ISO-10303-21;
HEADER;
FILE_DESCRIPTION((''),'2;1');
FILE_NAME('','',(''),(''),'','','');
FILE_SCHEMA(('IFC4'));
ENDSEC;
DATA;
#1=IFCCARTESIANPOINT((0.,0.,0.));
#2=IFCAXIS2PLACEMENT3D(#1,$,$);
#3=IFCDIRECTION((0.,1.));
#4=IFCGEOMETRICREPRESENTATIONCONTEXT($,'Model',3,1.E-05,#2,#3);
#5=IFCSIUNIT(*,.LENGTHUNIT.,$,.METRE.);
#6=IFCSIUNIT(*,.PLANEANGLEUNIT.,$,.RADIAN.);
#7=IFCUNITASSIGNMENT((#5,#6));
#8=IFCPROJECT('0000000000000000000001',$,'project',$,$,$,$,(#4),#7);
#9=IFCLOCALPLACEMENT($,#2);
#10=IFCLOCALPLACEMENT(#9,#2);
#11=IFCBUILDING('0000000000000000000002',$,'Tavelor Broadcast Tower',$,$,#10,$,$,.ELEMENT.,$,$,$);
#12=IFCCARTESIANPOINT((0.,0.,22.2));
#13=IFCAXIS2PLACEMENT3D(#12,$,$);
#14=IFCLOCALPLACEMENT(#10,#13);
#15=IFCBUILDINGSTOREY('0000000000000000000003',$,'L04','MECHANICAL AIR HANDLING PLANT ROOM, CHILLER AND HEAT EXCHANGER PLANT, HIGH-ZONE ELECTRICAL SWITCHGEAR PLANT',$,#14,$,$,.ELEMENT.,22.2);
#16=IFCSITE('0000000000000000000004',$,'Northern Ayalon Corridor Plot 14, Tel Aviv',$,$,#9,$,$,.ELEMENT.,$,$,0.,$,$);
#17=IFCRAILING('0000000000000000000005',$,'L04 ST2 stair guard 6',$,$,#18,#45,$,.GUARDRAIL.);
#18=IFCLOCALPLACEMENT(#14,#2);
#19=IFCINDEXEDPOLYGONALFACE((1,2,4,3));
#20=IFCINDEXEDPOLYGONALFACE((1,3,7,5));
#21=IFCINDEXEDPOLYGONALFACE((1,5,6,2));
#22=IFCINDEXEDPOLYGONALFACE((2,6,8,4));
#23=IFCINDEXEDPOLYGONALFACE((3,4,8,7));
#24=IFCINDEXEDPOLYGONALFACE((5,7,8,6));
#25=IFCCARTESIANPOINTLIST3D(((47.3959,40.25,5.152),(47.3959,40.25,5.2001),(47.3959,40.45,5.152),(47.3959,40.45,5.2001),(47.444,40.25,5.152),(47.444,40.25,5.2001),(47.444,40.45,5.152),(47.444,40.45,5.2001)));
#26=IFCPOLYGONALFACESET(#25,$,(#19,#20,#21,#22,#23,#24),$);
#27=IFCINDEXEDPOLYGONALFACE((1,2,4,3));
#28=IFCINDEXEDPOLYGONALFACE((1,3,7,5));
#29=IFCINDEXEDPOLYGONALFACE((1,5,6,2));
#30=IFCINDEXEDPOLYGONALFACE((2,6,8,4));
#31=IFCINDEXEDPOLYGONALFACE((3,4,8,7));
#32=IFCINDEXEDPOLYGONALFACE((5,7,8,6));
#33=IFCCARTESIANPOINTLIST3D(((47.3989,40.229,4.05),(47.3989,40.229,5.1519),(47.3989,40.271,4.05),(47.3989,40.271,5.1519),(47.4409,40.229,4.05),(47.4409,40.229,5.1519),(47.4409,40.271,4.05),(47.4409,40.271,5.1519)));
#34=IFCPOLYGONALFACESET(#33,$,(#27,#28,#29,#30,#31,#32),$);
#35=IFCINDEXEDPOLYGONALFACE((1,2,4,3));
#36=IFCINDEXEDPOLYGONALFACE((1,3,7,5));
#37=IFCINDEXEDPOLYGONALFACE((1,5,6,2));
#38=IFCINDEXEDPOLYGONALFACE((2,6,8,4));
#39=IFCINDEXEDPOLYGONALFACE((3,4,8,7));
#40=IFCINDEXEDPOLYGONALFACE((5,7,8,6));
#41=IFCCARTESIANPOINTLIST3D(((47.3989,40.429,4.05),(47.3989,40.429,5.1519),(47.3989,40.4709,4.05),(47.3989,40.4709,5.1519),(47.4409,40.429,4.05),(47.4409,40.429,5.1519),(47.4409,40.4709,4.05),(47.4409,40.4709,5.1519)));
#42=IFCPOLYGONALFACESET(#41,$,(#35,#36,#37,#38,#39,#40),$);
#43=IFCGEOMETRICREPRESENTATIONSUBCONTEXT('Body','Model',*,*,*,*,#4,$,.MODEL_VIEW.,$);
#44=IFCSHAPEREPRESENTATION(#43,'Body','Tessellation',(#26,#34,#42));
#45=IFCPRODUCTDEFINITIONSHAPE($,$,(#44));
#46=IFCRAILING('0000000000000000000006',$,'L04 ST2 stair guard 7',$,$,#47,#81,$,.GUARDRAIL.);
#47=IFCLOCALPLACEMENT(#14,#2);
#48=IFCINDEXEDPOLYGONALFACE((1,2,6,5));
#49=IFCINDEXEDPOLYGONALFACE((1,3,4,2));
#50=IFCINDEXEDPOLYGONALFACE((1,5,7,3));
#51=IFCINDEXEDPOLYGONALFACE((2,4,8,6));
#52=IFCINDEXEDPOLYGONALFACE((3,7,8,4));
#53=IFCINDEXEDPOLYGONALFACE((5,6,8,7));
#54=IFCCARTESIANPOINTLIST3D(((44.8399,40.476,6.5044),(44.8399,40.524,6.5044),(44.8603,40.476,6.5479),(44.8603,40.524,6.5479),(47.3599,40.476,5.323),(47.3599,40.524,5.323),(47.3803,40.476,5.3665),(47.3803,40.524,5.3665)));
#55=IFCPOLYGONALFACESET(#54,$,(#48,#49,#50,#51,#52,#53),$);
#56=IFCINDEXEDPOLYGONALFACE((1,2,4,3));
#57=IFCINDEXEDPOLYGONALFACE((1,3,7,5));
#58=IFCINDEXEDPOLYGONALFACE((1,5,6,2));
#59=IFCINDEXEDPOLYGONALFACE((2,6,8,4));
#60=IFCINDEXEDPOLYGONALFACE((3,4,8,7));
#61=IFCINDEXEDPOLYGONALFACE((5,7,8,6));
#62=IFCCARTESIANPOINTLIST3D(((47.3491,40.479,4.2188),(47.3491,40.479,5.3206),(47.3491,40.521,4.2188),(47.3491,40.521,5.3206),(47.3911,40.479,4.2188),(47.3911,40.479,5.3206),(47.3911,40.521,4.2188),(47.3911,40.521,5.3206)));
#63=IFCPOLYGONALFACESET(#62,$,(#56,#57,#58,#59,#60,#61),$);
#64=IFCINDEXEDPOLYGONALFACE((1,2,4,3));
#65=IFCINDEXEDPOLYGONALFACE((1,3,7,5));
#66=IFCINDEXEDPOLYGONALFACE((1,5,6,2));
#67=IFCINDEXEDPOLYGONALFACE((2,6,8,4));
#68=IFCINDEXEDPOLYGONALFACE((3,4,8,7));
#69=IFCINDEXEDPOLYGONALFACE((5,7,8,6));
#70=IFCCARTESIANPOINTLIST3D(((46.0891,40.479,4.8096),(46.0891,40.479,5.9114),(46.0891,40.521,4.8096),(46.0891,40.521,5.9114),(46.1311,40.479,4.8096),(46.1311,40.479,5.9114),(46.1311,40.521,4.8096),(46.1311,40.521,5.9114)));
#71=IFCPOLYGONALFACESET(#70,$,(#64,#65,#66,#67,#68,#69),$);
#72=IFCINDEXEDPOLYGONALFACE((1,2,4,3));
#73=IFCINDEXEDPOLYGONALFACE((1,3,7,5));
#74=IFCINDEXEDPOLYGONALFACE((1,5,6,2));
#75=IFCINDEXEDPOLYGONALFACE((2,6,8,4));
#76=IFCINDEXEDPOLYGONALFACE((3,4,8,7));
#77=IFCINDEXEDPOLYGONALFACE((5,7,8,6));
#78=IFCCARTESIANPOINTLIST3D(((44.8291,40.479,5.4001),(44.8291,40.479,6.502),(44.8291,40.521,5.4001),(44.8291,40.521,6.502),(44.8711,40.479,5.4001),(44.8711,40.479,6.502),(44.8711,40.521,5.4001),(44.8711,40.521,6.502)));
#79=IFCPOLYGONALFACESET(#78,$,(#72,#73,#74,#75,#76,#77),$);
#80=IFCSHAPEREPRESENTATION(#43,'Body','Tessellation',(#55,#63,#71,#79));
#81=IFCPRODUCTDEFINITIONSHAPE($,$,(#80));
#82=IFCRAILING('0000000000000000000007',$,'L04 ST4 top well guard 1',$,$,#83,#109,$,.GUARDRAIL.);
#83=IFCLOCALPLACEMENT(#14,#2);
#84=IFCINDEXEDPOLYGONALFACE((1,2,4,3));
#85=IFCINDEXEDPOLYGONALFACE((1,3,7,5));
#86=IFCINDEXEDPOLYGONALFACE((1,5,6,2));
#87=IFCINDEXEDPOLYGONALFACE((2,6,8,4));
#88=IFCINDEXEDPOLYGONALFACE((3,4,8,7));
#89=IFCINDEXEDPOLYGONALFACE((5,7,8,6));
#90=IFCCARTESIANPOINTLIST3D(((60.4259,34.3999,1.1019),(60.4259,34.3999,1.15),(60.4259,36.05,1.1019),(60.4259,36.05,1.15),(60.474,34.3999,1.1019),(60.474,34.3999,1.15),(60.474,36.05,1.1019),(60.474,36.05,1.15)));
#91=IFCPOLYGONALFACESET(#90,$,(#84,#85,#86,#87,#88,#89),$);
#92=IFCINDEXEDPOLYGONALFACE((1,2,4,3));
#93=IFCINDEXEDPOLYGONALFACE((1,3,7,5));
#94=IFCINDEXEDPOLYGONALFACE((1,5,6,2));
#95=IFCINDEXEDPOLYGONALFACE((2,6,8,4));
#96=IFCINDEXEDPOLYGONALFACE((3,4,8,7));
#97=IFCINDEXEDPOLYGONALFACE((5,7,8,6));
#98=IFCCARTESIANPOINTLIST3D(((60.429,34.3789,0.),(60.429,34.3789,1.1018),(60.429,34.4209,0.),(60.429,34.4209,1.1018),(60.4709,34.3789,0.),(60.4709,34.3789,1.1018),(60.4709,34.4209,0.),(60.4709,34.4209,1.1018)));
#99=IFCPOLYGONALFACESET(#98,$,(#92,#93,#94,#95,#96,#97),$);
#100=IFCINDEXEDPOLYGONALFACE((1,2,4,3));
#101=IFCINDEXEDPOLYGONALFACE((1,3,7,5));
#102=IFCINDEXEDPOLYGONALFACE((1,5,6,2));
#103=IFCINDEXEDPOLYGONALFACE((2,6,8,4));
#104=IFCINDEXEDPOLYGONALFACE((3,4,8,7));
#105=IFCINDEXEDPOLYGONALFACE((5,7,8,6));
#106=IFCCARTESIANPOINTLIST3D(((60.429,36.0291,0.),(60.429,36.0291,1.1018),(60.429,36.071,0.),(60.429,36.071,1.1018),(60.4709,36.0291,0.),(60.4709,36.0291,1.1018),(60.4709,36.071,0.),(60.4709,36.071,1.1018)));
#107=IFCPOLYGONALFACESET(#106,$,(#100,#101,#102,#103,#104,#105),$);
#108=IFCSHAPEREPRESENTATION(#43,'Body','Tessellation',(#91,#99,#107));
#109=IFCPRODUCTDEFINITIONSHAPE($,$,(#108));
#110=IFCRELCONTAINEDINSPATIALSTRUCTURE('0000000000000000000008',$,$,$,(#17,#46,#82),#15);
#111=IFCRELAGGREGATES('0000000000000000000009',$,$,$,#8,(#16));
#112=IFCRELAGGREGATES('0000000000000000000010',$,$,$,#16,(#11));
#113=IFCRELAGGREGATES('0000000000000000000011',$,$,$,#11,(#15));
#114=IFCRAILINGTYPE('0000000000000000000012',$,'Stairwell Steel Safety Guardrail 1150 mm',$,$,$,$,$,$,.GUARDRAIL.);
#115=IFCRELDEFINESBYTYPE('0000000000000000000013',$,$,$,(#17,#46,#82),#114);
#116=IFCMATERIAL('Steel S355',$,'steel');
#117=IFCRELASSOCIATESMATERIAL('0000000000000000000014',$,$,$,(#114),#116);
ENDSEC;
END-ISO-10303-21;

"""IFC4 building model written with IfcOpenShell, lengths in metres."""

from ifc_helpers import new_model, si_unit, direction, frame, origin, origin_2d, place, context, subcontext, project, spatial, rectangle, extrude, material, type_object, element, save


model = new_model("IFC4")

# Units and contexts
model_context = context("Model", 3, precision=1e-05, world=origin(), true_north=direction((0.0, 1.0)))
body_context = subcontext(model_context, "Body", "Model", "MODEL_VIEW")
ifc_project = project(units=[si_unit("LENGTHUNIT", "METRE"), si_unit("PLANEANGLEUNIT", "RADIAN")], contexts=[model_context])

# Site, building, storey
site_placement = place(None, origin())
site = spatial("IfcSite", under=ifc_project, at=site_placement, Name="Northern Ayalon Corridor Plot 14, Tel Aviv", CompositionType="ELEMENT", RefElevation=0.0)
building_placement = place(site_placement, origin())
building = spatial("IfcBuilding", under=site, at=building_placement, Name="Tavelor Broadcast Tower", CompositionType="ELEMENT")
storey_placement = place(building_placement, frame((0.0, 0.0, 22.2)))
storey = spatial("IfcBuildingStorey", under=building, at=storey_placement, Name="L04", Description="MECHANICAL AIR HANDLING PLANT ROOM, CHILLER AND HEAT EXCHANGER PLANT, HIGH-ZONE ELECTRICAL SWITCHGEAR PLANT", CompositionType="ELEMENT", Elevation=22.2)

# Shared definitions
ifc_material_1 = material(Name="Steel S355", Category="steel")

# Railings
railing_type_1 = type_object("IfcRailingType", Name="Stairwell Steel Safety Guardrail 1150 mm", PredefinedType="GUARDRAIL", material=ifc_material_1)
railing_1_placement = place(storey_placement, frame((47.4199, 40.25, 4.05)))
element("IfcRailing", 1, at=railing_1_placement, inside=storey, type_object=railing_type_1, Name="L04 ST2 stair guard 6", PredefinedType="GUARDRAIL", context=body_context, shape_type="SweptSolid", body=[
    extrude(rectangle(XDim=0.0481, YDim=0.0481, at=origin_2d()), frame((0.0, 0.0, 1.126), z_axis=(0.0, 1.0, 0.0), x_axis=(-1.0, 0.0, 0.0)), (0.0, 0.0, 1.0), 0.2),
    extrude(rectangle(XDim=0.042, YDim=0.042, at=origin_2d()), origin(), (0.0, 0.0, 1.0), 1.1018),
    extrude(rectangle(XDim=0.042, YDim=0.042, at=origin_2d()), frame((0.0, 0.2, 0.0)), (0.0, 0.0, 1.0), 1.1018),
])
railing_2_placement = place(storey_placement, frame((47.3701, 40.5, 4.2188)))
element("IfcRailing", 2, at=railing_2_placement, inside=storey, type_object=railing_type_1, Name="L04 ST2 stair guard 7", PredefinedType="GUARDRAIL", context=body_context, shape_type="SweptSolid", body=[
    extrude(rectangle(XDim=0.0481, YDim=0.0481, at=origin_2d()), frame((0.0, 0.0, 1.126), z_axis=(-0.90544, 0.0, 0.424474), x_axis=(0.0, -1.0, 0.0)), (0.0, 0.0, 1.0), 2.7832),
    extrude(rectangle(XDim=0.042, YDim=0.042, at=origin_2d()), origin(), (0.0, 0.0, 1.0), 1.1018),
    extrude(rectangle(XDim=0.042, YDim=0.042, at=origin_2d()), frame((-1.26, 0.0, 0.5908)), (0.0, 0.0, 1.0), 1.1018),
    extrude(rectangle(XDim=0.042, YDim=0.042, at=origin_2d()), frame((-2.52, 0.0, 1.1814)), (0.0, 0.0, 1.0), 1.1018),
])
railing_3_placement = place(storey_placement, frame((60.45, 34.3999, 0.0)))
element("IfcRailing", 3, at=railing_3_placement, inside=storey, type_object=railing_type_1, Name="L04 ST4 top well guard 1", PredefinedType="GUARDRAIL", context=body_context, shape_type="SweptSolid", body=[
    extrude(rectangle(XDim=0.0481, YDim=0.0481, at=origin_2d()), frame((0.0, 0.0, 1.126), z_axis=(0.0, 1.0, 0.0), x_axis=(-1.0, 0.0, 0.0)), (0.0, 0.0, 1.0), 1.6501),
    extrude(rectangle(XDim=0.042, YDim=0.042, at=origin_2d()), origin(), (0.0, 0.0, 1.0), 1.1018),
    extrude(rectangle(XDim=0.042, YDim=0.042, at=origin_2d()), frame((0.0, 1.6501, 0.0)), (0.0, 0.0, 1.0), 1.1018),
])

save(model, "model.ifc")
